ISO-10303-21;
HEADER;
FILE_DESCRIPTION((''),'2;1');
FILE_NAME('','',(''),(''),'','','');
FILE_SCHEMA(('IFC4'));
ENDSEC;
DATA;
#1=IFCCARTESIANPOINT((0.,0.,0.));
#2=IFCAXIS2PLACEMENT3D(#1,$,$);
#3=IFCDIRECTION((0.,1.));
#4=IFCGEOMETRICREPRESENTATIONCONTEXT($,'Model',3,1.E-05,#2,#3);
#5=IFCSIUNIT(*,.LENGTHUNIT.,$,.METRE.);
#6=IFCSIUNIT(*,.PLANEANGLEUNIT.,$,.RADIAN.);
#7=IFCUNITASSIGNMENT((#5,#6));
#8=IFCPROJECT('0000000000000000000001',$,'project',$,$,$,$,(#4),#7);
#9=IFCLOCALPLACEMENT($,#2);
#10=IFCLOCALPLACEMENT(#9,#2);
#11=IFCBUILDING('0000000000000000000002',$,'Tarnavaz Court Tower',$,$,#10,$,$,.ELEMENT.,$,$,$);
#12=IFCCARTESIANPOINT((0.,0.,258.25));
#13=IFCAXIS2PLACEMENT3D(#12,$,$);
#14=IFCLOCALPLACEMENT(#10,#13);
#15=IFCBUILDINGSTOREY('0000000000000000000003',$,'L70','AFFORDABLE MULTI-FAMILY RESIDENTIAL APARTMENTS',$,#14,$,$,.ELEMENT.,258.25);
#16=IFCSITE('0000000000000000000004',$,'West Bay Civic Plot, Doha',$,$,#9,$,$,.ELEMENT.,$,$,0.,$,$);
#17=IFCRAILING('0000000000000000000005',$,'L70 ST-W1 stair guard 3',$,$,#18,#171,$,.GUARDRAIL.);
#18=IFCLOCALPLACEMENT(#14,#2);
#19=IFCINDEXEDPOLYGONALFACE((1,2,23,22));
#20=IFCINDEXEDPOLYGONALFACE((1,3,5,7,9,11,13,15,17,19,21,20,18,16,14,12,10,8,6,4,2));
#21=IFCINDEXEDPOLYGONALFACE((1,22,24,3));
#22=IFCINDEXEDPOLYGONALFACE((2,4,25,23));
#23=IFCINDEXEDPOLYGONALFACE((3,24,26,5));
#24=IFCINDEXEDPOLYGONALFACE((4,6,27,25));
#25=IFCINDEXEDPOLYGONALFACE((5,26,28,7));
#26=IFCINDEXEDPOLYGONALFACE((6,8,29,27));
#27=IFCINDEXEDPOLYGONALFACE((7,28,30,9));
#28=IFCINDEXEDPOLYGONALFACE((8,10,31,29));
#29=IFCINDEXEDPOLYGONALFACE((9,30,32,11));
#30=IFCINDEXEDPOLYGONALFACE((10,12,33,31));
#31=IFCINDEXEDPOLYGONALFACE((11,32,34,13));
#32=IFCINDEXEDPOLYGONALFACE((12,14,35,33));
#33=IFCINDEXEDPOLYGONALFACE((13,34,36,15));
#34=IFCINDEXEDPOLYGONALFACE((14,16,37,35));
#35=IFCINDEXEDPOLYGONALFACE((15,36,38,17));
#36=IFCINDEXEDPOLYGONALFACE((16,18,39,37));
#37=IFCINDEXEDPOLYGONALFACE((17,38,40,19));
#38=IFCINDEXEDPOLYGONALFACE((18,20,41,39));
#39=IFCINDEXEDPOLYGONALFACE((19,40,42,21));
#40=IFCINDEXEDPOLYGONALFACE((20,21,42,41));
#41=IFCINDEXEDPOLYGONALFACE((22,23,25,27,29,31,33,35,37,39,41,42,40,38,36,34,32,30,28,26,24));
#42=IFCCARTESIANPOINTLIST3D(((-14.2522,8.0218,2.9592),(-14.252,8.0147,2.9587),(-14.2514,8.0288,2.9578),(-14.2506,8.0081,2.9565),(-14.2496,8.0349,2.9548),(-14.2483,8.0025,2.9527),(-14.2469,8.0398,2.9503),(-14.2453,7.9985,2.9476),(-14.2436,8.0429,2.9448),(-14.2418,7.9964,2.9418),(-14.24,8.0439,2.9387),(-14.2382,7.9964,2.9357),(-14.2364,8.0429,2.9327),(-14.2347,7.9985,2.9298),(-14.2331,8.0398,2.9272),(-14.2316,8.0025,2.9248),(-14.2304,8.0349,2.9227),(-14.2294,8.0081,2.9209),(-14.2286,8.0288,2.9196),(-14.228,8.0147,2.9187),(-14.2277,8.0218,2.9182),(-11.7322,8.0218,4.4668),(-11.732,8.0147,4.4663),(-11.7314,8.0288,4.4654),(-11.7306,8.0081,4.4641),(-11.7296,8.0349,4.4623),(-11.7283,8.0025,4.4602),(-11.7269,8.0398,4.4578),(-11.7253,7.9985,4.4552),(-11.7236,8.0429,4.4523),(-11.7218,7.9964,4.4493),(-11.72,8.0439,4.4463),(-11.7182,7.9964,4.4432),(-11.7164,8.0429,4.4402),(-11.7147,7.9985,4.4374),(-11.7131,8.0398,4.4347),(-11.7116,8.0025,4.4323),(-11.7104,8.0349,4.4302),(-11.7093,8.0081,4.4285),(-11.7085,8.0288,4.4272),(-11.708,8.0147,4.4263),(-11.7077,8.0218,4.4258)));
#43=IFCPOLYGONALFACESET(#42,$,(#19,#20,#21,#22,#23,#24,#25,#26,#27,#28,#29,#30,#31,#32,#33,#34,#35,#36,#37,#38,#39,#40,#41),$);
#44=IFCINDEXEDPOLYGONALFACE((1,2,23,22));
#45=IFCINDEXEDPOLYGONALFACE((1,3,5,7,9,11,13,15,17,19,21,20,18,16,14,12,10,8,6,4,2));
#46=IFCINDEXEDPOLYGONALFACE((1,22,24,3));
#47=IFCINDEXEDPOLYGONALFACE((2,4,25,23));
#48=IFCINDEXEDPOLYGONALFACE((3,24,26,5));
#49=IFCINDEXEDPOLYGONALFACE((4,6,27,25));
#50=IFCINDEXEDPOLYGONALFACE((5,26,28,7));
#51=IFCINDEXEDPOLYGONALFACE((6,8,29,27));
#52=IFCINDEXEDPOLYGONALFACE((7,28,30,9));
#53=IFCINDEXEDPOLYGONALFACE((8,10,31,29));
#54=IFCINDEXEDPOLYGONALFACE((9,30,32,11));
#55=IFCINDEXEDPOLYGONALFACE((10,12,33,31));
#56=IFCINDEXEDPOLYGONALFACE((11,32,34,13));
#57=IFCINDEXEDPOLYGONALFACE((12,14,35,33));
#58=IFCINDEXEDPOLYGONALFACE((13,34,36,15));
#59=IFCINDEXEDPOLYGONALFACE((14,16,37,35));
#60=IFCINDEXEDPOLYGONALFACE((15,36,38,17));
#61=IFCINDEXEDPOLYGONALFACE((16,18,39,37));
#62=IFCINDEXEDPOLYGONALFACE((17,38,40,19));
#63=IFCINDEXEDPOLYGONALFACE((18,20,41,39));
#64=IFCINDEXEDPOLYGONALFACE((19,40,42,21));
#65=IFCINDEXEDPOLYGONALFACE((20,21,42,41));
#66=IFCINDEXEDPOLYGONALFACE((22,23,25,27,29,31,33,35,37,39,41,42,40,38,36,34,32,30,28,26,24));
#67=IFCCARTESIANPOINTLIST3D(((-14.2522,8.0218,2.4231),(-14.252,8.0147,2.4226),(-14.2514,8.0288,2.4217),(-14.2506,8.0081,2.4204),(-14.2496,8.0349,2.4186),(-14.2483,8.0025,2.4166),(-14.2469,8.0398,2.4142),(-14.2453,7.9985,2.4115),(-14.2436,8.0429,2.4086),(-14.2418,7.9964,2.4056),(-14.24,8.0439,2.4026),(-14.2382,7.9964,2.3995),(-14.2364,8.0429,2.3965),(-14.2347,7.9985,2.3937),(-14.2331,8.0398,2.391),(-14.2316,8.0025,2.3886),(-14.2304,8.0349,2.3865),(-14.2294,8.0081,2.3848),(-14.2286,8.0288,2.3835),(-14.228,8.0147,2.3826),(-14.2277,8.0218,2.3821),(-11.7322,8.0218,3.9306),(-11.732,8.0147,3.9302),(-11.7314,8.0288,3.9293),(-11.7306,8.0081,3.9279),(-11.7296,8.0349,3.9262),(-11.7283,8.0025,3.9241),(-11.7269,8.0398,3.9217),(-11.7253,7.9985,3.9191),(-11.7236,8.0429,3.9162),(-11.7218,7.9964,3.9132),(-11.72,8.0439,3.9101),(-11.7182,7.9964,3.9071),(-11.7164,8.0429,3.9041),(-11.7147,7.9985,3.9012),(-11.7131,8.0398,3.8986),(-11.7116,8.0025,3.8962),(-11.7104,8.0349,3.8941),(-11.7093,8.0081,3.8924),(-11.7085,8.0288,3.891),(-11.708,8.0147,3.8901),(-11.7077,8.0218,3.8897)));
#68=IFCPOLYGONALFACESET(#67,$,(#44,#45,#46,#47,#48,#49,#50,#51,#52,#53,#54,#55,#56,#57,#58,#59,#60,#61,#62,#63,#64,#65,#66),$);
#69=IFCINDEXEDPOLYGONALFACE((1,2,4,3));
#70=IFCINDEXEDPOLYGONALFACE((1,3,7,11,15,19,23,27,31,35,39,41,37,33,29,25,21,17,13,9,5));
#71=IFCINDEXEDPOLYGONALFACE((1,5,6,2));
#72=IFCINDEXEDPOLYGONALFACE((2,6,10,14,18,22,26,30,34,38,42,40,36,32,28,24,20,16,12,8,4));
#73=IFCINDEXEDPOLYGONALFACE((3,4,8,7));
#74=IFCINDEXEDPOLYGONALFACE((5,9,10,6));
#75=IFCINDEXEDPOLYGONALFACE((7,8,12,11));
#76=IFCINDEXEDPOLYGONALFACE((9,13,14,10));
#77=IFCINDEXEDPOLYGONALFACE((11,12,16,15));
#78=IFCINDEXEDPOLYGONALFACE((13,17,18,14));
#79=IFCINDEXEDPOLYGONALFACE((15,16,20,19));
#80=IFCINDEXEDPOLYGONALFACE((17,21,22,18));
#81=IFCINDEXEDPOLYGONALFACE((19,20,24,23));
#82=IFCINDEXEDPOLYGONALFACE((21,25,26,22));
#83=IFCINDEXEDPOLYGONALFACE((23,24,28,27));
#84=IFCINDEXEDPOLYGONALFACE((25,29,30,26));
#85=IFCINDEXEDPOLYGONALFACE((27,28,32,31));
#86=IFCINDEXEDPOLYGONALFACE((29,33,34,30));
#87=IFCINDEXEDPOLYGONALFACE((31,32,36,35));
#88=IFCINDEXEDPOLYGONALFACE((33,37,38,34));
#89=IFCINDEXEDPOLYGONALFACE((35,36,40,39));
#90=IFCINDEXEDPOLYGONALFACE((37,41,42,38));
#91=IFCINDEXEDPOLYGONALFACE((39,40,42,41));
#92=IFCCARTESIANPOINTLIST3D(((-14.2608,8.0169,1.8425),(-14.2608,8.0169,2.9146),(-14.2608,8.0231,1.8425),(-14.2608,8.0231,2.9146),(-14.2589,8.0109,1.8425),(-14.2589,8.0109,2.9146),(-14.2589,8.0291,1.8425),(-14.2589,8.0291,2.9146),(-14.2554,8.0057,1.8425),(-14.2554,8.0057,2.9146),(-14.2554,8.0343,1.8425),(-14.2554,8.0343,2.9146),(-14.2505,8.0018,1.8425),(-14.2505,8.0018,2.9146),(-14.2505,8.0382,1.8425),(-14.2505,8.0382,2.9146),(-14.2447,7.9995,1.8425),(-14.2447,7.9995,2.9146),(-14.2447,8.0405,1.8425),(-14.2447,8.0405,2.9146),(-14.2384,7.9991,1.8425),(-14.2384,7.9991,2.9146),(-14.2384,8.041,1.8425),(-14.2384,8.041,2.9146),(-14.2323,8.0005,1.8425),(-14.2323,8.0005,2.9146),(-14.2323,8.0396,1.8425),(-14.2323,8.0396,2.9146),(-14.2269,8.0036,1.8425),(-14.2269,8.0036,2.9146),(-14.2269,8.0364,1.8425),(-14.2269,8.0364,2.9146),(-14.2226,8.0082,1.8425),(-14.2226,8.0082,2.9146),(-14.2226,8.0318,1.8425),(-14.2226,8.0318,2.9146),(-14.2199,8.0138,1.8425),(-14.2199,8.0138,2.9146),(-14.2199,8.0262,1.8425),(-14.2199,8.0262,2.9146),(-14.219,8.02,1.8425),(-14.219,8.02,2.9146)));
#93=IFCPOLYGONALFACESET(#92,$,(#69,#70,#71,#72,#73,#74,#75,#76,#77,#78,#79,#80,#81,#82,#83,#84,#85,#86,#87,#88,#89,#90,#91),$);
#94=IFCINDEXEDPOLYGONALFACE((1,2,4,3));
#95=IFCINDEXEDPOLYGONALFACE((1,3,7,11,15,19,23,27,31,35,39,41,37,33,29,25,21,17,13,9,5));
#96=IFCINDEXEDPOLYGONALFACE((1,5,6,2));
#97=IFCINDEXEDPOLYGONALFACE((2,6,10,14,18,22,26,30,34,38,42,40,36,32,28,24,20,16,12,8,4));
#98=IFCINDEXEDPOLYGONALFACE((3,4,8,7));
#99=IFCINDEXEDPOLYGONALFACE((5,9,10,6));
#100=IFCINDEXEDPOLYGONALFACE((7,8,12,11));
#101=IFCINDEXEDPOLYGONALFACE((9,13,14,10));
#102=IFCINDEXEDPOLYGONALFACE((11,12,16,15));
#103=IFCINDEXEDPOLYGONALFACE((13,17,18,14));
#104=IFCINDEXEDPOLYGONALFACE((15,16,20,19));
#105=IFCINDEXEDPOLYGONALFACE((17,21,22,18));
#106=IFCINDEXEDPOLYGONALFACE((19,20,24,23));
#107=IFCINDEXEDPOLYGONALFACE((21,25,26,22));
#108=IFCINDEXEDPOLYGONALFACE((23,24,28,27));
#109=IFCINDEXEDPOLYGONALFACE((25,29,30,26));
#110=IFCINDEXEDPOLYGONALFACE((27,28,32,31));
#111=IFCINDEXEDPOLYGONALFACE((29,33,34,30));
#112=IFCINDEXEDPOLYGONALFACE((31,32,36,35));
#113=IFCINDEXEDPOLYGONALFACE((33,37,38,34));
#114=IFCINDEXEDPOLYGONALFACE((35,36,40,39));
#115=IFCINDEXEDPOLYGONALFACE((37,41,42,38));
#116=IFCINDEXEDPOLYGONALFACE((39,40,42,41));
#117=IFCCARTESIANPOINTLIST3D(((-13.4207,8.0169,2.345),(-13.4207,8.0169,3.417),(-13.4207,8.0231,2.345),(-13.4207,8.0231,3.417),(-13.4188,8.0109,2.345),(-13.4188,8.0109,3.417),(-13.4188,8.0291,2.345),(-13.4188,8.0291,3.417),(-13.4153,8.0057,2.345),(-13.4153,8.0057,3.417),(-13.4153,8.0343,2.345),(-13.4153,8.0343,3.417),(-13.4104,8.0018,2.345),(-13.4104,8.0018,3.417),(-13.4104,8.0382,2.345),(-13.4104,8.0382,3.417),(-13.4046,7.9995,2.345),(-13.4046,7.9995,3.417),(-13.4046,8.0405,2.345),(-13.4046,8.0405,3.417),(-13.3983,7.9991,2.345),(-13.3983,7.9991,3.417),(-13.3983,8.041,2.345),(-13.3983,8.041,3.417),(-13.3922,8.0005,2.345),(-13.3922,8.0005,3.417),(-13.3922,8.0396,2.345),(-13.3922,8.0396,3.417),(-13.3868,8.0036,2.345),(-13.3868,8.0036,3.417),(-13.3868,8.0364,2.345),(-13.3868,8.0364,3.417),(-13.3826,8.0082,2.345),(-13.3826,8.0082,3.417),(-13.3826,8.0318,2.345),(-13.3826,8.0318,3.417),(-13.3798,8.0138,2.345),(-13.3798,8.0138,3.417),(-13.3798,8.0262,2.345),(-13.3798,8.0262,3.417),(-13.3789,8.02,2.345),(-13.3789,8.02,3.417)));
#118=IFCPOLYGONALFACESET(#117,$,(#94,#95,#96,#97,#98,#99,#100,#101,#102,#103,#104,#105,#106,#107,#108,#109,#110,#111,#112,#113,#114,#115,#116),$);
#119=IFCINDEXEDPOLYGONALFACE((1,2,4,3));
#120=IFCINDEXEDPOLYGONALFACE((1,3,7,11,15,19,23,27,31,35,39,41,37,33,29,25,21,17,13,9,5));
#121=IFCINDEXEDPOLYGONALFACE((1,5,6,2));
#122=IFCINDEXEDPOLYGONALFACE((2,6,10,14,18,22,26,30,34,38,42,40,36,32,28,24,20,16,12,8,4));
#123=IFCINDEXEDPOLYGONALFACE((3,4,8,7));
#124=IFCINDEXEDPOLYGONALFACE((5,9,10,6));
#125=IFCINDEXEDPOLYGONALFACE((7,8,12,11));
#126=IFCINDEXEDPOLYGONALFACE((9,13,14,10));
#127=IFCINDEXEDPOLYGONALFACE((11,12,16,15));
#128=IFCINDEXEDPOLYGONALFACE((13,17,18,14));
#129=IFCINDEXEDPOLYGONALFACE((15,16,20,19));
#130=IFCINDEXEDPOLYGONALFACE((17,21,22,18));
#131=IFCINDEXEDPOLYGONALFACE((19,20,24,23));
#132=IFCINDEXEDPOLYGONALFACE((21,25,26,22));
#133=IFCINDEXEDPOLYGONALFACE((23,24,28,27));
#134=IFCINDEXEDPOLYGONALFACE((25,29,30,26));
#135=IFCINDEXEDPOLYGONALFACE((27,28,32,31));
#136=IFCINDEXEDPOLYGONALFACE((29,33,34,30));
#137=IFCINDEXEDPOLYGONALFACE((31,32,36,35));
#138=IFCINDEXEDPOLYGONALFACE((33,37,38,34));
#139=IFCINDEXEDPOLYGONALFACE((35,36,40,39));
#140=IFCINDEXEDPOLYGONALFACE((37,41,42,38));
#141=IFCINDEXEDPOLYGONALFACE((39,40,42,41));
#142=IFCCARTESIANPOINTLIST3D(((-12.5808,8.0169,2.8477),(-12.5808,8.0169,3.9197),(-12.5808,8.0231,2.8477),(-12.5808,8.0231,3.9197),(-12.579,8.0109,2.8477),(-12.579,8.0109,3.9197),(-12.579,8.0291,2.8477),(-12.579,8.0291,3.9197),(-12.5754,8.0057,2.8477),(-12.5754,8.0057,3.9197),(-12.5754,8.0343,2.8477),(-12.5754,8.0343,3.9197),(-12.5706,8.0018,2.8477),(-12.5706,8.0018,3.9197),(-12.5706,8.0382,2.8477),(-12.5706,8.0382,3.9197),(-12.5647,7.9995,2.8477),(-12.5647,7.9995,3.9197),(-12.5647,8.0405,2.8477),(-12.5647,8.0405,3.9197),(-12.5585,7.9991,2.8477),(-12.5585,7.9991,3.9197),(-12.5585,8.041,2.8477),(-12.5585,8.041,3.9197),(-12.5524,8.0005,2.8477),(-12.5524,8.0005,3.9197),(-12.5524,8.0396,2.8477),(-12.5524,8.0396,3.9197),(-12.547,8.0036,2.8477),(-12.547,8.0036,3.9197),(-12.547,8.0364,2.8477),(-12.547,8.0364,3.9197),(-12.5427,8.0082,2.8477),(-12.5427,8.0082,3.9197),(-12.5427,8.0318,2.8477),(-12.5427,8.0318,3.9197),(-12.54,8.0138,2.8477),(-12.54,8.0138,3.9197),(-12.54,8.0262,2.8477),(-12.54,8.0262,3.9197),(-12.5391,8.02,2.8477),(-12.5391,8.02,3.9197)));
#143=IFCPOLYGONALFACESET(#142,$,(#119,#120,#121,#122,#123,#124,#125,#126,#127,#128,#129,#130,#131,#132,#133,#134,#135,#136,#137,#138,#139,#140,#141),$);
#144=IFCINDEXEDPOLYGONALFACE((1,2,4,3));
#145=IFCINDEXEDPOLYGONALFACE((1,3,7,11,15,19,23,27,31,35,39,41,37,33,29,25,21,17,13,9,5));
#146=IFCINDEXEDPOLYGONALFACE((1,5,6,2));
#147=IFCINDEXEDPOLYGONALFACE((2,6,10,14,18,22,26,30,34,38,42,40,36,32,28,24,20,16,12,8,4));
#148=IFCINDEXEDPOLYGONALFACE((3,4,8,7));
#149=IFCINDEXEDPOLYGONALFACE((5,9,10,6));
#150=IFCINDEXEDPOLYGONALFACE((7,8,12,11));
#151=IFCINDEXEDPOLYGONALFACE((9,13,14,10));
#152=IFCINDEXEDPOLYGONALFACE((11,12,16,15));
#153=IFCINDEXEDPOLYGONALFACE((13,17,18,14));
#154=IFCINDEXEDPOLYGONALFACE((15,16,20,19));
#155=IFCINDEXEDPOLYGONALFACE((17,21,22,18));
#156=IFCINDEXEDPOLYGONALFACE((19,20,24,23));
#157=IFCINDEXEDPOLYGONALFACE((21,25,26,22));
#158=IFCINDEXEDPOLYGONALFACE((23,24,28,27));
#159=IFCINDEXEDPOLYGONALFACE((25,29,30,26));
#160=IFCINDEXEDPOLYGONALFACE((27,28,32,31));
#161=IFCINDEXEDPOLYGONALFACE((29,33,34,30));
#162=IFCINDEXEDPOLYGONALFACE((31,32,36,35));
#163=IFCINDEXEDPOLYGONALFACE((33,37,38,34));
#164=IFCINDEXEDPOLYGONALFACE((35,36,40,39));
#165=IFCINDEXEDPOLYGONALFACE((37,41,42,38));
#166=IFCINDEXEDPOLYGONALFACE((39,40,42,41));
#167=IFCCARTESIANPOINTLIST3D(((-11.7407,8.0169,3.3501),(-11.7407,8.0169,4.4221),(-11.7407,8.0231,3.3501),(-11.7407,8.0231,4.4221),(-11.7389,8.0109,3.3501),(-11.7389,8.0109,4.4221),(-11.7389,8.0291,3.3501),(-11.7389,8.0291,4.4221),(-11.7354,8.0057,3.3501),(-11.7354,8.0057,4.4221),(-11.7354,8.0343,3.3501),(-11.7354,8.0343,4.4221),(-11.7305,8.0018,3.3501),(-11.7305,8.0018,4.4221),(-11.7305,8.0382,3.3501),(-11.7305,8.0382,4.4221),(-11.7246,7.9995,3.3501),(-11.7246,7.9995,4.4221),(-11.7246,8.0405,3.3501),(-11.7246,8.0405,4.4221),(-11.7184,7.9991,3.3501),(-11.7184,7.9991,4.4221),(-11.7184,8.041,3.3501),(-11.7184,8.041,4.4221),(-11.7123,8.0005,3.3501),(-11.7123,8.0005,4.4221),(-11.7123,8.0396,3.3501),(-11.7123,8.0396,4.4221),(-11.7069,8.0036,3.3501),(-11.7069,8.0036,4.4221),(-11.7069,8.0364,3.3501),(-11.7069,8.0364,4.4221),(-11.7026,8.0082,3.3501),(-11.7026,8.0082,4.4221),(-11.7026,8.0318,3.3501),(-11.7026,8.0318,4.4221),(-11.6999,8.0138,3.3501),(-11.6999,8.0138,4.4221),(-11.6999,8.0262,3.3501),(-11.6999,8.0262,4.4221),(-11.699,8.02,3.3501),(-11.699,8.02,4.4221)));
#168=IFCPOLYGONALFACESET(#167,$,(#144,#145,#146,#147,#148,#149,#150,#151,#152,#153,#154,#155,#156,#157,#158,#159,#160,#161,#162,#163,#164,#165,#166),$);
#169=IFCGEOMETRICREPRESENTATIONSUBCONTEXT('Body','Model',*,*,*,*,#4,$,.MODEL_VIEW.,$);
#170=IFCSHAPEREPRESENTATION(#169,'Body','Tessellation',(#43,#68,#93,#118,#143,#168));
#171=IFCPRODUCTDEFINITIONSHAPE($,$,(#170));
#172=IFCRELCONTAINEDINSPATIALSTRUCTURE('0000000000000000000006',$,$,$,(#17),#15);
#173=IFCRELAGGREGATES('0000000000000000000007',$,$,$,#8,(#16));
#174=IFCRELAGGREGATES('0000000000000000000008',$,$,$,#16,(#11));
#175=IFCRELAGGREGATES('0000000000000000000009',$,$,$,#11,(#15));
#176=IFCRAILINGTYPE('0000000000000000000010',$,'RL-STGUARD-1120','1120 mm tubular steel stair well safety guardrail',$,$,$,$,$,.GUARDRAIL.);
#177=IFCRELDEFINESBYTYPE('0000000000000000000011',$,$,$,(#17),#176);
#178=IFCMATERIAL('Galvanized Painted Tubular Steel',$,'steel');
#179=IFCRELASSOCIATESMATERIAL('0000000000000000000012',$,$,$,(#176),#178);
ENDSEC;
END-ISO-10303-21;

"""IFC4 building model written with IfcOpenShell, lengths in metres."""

from ifc_helpers import new_model, si_unit, direction, frame, origin, origin_2d, place, context, subcontext, project, spatial, circle, extrude, material, type_object, element, save


model = new_model("IFC4")

# Units and contexts
model_context = context("Model", 3, precision=1e-05, world=origin(), true_north=direction((0.0, 1.0)))
body_context = subcontext(model_context, "Body", "Model", "MODEL_VIEW")
ifc_project = project(units=[si_unit("LENGTHUNIT", "METRE"), si_unit("PLANEANGLEUNIT", "RADIAN")], contexts=[model_context])

# Site, building, storey
site_placement = place(None, origin())
site = spatial("IfcSite", under=ifc_project, at=site_placement, Name="West Bay Civic Plot, Doha", CompositionType="ELEMENT", RefElevation=0.0)
building_placement = place(site_placement, origin())
building = spatial("IfcBuilding", under=site, at=building_placement, Name="Tarnavaz Court Tower", CompositionType="ELEMENT")
storey_placement = place(building_placement, frame((0.0, 0.0, 258.25)))
storey = spatial("IfcBuildingStorey", under=building, at=storey_placement, Name="L70", Description="AFFORDABLE MULTI-FAMILY RESIDENTIAL APARTMENTS", CompositionType="ELEMENT", Elevation=258.25)

# Railing
ifc_material_1 = material(Name="Galvanized Painted Tubular Steel", Category="steel")
railing_type_1 = type_object("IfcRailingType", Name="RL-STGUARD-1120", Description="1120 mm tubular steel stair well safety guardrail", PredefinedType="GUARDRAIL", material=ifc_material_1)
railing_1_placement = place(storey_placement, frame((-14.24, 8.02, 1.8425)))
element("IfcRailing", 1, at=railing_1_placement, inside=storey, type_object=railing_type_1, Name="L70 ST-W1 stair guard 3", PredefinedType="GUARDRAIL", context=body_context, shape_type="SweptSolid", body=[
    extrude(circle(Radius=0.0239, at=origin_2d()), frame((0.0, 0.0, 1.0962), z_axis=(0.85816, 0.0, 0.513383), x_axis=(0.0, 1.0, 0.0)), (0.0, 0.0, 1.0), 2.9365),
    extrude(circle(Radius=0.0239, at=origin_2d()), frame((0.0, 0.0, 0.5601), z_axis=(0.85816, 0.0, 0.513383), x_axis=(0.0, 1.0, 0.0)), (0.0, 0.0, 1.0), 2.9365),
    extrude(circle(Radius=0.021, at=origin_2d()), origin(), (0.0, 0.0, 1.0), 1.072),
    extrude(circle(Radius=0.021, at=origin_2d()), frame((0.8401, 0.0, 0.5024)), (0.0, 0.0, 1.0), 1.072),
    extrude(circle(Radius=0.021, at=origin_2d()), frame((1.6799, 0.0, 1.0051)), (0.0, 0.0, 1.0), 1.072),
    extrude(circle(Radius=0.021, at=origin_2d()), frame((2.52, 0.0, 1.5076)), (0.0, 0.0, 1.0), 1.072),
])

save(model, "model.ifc")
